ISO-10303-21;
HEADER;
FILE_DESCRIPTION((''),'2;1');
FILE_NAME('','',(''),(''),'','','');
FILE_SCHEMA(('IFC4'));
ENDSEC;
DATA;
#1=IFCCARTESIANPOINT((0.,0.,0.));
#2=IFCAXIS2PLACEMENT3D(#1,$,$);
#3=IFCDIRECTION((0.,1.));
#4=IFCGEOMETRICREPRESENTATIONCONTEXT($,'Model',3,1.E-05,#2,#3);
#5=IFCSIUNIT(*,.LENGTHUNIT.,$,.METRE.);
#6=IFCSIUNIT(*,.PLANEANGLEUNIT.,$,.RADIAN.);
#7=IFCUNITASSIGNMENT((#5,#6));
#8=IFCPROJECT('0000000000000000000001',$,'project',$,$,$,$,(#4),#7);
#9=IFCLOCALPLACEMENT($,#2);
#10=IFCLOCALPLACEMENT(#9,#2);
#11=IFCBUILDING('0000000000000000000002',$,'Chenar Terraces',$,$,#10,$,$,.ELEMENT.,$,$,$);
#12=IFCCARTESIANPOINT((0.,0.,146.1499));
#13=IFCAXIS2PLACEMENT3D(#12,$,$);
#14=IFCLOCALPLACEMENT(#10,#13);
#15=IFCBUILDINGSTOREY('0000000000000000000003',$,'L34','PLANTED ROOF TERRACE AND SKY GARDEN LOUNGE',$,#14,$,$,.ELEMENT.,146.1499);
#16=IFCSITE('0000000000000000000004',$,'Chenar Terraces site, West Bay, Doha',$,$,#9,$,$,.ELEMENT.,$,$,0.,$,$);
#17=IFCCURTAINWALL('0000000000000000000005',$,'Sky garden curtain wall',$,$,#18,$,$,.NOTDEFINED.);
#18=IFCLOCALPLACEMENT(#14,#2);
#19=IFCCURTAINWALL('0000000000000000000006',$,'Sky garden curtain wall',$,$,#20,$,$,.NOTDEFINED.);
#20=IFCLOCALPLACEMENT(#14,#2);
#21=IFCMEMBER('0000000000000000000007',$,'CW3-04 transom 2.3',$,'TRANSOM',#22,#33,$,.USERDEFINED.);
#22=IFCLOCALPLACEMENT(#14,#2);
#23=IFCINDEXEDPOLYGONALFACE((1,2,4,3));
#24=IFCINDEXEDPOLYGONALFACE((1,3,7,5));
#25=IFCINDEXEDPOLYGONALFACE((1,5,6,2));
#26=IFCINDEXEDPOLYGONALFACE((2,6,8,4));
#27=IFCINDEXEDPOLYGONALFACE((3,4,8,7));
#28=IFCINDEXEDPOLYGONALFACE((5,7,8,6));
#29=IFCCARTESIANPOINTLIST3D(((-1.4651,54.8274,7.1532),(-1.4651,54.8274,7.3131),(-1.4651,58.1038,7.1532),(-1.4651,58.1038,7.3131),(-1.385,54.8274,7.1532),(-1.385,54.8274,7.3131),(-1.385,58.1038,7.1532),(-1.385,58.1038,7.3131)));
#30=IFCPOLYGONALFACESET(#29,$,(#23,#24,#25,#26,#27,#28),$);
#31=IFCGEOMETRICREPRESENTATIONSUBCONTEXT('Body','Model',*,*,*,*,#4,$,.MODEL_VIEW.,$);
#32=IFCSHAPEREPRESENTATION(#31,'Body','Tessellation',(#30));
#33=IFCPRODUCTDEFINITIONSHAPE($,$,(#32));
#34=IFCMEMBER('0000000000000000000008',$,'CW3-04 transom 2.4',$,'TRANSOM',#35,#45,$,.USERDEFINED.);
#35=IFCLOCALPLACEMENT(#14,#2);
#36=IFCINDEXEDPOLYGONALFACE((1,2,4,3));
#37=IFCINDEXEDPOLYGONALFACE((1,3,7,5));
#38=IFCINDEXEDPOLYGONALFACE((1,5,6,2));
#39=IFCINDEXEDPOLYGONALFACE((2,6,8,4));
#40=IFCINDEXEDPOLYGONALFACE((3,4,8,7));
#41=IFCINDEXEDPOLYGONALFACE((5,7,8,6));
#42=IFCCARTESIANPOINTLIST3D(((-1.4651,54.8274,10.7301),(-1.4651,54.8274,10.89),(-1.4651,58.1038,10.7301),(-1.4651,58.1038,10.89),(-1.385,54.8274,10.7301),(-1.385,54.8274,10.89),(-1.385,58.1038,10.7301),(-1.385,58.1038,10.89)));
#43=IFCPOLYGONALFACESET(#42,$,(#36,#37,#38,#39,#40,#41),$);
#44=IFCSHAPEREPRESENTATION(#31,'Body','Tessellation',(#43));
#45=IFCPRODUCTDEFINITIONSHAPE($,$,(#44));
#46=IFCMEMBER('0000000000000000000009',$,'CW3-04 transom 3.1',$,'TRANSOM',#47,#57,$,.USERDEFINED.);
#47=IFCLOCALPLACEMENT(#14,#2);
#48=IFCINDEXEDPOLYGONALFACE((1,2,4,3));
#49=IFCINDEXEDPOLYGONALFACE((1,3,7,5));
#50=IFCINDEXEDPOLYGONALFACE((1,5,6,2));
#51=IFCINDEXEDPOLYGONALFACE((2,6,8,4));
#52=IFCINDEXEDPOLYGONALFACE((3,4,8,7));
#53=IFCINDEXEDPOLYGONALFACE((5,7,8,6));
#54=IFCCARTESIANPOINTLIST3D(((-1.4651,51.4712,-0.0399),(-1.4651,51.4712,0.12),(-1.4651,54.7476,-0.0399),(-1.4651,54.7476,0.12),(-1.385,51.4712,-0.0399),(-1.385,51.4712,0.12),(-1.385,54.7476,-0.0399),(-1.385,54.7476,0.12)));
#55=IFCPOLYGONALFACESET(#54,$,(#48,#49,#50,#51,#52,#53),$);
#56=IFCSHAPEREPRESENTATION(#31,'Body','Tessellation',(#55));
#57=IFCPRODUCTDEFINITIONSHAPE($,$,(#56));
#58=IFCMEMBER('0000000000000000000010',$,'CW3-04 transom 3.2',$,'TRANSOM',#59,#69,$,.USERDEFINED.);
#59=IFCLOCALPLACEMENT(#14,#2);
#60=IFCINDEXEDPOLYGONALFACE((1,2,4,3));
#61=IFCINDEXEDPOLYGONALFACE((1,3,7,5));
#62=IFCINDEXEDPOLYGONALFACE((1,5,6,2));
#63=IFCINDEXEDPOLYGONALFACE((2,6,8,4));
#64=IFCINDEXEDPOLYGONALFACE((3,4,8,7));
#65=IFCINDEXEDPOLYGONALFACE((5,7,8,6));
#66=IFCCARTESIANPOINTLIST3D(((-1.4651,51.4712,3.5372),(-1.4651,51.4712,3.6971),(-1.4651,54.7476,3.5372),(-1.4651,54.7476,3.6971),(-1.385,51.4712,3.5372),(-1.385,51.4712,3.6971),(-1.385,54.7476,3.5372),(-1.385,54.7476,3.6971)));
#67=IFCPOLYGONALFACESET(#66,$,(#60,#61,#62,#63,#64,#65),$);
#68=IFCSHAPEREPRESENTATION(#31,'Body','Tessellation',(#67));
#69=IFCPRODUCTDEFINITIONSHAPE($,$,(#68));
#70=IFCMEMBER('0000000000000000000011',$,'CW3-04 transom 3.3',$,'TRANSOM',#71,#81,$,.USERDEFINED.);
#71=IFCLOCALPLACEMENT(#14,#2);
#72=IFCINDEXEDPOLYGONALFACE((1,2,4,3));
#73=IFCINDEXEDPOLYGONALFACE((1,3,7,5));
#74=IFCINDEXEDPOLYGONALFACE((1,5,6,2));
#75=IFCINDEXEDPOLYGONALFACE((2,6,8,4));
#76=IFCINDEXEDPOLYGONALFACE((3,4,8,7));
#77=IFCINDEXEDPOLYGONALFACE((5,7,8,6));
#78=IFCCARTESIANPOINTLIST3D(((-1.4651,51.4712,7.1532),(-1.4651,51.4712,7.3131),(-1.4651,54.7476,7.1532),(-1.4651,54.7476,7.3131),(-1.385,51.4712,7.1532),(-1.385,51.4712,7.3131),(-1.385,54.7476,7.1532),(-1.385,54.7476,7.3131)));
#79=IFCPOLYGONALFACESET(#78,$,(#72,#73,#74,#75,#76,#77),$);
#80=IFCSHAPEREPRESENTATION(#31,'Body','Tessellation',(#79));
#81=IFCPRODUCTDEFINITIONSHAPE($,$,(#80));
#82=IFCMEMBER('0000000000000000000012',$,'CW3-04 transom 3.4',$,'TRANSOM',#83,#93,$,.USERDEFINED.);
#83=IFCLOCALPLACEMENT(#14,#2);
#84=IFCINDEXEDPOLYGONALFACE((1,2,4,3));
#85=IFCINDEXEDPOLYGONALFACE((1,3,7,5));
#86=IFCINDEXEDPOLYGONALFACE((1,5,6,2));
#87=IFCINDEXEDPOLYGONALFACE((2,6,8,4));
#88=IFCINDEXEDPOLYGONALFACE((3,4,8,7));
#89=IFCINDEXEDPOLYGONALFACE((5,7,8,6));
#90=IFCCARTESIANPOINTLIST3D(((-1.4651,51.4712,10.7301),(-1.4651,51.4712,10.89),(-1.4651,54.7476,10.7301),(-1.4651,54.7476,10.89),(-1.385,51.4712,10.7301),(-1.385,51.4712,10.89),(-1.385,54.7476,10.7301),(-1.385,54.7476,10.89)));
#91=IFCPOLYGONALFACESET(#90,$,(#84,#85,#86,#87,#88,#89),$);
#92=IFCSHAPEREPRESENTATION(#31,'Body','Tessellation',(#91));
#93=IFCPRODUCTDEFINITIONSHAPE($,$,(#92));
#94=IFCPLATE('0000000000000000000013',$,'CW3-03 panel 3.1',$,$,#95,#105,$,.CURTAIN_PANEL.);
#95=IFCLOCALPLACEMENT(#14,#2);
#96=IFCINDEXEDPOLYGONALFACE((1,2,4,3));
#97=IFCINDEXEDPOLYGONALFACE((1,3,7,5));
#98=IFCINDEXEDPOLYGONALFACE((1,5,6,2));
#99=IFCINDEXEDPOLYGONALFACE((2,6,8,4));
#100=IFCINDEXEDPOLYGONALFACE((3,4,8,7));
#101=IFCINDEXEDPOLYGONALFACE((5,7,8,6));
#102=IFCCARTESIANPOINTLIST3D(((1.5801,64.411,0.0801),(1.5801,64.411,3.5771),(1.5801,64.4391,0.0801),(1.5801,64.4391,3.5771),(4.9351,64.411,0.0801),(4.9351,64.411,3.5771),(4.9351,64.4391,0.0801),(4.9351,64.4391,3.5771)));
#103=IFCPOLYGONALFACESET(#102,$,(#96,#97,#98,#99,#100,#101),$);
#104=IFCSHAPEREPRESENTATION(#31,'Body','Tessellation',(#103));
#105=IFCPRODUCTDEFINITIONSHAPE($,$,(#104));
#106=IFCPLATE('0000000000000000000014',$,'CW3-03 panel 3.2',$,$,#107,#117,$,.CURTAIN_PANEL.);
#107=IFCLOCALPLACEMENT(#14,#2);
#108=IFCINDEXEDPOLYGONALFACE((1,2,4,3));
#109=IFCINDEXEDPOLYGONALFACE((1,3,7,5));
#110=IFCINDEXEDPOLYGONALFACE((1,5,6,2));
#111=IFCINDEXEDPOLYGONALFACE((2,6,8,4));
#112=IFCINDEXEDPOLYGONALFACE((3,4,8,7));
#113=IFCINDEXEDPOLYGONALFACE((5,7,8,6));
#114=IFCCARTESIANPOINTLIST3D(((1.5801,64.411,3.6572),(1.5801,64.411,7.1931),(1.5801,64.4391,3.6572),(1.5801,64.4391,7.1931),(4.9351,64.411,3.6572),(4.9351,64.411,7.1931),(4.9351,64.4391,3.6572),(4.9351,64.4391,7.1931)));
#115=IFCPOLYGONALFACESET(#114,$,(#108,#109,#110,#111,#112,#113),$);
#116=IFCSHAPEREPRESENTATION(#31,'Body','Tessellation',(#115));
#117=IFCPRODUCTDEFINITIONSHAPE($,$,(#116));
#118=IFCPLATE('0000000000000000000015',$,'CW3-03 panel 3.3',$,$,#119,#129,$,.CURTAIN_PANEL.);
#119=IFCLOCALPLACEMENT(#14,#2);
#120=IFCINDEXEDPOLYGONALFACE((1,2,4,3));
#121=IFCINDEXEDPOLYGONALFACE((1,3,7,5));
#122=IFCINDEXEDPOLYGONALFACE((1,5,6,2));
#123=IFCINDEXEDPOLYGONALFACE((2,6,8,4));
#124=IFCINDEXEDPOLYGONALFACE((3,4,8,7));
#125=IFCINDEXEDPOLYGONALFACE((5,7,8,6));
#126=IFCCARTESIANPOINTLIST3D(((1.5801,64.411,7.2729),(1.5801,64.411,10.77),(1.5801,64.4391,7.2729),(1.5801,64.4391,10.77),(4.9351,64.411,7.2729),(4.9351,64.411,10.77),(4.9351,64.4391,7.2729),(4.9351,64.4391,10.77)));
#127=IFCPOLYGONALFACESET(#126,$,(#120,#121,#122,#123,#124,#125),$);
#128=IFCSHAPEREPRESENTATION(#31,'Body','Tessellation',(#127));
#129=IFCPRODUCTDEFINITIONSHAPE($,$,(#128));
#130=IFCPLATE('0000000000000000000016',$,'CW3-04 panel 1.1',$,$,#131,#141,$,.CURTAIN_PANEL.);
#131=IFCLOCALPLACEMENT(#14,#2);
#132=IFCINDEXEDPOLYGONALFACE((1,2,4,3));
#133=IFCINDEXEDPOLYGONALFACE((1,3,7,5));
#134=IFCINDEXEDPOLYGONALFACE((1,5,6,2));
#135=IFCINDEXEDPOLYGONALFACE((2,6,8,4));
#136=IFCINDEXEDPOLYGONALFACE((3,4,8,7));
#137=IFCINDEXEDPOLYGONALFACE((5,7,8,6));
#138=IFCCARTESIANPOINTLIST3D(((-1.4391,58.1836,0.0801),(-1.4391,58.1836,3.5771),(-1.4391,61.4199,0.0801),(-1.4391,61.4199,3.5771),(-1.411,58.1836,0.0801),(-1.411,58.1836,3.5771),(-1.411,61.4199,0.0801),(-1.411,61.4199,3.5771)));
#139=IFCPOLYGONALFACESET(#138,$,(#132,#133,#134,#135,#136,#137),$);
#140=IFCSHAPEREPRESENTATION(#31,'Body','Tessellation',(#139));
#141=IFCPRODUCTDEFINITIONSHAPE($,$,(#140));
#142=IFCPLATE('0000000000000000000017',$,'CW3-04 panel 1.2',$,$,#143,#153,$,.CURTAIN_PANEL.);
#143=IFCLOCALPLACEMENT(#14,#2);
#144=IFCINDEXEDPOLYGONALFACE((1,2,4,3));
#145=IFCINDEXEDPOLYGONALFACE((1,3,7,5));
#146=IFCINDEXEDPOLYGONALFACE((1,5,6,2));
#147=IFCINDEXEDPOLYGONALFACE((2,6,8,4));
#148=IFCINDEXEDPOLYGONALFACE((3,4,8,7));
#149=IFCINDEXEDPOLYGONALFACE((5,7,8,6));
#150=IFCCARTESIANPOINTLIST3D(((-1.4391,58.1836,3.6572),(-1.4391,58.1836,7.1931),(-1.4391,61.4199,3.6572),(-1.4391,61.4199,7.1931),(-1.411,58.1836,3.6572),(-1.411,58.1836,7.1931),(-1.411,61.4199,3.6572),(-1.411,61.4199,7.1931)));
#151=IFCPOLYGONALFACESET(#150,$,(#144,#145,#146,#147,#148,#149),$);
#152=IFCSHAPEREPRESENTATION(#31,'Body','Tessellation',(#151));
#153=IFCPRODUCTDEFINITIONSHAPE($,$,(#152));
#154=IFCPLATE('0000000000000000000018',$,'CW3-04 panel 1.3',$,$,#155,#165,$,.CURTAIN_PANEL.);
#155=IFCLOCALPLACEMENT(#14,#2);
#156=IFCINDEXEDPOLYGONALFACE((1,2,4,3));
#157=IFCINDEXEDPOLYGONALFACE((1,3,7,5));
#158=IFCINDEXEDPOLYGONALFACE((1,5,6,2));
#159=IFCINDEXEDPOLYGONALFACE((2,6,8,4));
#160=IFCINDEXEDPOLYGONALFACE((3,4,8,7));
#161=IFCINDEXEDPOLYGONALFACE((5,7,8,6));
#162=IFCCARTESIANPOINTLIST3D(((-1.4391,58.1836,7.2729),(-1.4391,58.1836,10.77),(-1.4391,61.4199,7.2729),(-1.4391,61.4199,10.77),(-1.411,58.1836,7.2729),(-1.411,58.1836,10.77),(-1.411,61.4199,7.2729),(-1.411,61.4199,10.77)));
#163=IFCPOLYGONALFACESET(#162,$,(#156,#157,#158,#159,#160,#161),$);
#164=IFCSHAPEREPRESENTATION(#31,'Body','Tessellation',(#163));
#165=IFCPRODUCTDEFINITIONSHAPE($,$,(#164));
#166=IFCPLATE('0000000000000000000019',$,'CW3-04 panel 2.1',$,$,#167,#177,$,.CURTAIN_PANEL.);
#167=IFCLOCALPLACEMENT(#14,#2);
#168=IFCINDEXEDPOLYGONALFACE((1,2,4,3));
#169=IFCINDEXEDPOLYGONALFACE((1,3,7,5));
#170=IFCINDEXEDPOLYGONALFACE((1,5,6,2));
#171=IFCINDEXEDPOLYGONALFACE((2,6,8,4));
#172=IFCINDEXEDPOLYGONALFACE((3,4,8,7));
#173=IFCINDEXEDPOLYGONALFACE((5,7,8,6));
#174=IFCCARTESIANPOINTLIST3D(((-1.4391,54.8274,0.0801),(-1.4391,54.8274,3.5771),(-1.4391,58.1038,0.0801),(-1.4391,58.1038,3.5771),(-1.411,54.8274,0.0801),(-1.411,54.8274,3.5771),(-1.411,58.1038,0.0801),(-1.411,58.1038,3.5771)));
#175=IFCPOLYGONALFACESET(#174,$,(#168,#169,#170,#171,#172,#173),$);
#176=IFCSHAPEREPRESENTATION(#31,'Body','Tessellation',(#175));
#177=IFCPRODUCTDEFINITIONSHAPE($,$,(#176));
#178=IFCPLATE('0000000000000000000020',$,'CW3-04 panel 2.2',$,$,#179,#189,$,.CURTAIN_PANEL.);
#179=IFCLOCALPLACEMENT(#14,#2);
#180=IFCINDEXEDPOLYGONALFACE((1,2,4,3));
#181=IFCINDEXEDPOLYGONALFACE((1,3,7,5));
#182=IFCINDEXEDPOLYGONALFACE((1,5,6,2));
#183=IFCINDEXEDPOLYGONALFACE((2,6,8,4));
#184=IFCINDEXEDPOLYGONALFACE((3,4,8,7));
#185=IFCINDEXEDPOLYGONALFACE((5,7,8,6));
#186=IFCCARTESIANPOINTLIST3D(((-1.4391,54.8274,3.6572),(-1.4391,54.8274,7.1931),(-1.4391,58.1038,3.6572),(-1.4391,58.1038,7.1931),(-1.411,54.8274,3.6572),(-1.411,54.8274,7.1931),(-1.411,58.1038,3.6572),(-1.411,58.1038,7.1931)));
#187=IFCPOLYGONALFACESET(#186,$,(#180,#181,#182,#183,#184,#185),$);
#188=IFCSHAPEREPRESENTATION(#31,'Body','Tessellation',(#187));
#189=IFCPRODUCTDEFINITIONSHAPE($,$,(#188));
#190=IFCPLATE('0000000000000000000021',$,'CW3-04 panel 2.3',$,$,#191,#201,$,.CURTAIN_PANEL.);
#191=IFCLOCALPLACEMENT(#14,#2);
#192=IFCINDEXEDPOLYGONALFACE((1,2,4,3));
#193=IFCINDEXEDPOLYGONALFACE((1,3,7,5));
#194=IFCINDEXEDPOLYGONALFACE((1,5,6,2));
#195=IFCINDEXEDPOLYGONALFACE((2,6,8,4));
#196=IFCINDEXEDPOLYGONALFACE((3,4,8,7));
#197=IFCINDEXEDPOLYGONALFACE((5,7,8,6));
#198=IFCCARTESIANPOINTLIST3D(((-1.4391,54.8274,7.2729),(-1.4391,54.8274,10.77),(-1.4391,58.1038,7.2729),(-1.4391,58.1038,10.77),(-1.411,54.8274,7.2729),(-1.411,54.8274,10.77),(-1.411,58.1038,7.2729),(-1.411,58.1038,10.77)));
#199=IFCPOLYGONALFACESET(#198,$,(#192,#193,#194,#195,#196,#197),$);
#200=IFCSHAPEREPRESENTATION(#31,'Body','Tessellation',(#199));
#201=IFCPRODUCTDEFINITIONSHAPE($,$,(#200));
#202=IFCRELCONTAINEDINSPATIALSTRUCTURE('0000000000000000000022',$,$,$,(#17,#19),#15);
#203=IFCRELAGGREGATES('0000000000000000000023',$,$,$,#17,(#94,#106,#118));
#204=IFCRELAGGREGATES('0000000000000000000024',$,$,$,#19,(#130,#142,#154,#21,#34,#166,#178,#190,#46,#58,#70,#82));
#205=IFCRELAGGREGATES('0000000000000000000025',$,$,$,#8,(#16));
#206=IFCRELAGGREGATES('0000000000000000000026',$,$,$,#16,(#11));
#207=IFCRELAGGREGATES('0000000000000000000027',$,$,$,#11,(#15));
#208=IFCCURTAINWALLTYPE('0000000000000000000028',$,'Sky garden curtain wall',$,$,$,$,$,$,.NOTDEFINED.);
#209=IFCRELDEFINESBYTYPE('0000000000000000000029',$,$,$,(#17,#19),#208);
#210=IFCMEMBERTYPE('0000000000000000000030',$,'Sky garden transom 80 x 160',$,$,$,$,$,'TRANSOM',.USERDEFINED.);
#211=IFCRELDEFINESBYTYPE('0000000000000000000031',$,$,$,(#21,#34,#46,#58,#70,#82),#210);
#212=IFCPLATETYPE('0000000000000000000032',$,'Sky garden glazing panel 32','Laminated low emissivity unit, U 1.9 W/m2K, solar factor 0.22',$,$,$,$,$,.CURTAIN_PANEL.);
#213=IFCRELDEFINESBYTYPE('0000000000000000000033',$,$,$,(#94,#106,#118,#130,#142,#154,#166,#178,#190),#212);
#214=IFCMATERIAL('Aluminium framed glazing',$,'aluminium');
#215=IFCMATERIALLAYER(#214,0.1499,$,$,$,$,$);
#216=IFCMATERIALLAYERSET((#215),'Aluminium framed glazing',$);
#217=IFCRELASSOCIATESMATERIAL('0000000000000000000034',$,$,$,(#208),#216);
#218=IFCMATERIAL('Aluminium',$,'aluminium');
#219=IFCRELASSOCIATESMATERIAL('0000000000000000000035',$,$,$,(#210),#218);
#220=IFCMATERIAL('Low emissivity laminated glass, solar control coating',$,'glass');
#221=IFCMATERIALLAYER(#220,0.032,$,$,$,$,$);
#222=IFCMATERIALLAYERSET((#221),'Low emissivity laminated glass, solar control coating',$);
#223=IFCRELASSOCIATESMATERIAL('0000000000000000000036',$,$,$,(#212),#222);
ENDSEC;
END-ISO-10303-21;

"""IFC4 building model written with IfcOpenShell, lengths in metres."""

from ifc_helpers import new_model, si_unit, direction, frame, origin, origin_2d, place, context, subcontext, project, spatial, rectangle, extrude, material, layer, layer_set, material_profile, profile_set, type_object, element, aggregate, save


model = new_model("IFC4")

# Units and contexts
model_context = context("Model", 3, precision=1e-05, world=origin(), true_north=direction((0.0, 1.0)))
body_context = subcontext(model_context, "Body", "Model", "MODEL_VIEW")
ifc_project = project(units=[si_unit("LENGTHUNIT", "METRE"), si_unit("PLANEANGLEUNIT", "RADIAN")], contexts=[model_context])

# Site, building, storey
site_placement = place(None, origin())
site = spatial("IfcSite", under=ifc_project, at=site_placement, Name="Chenar Terraces site, West Bay, Doha", CompositionType="ELEMENT", RefElevation=0.0)
building_placement = place(site_placement, origin())
building = spatial("IfcBuilding", under=site, at=building_placement, Name="Chenar Terraces", CompositionType="ELEMENT")
storey_placement = place(building_placement, frame((0.0, 0.0, 146.1499)))
storey = spatial("IfcBuildingStorey", under=building, at=storey_placement, Name="L34", Description="PLANTED ROOF TERRACE AND SKY GARDEN LOUNGE", CompositionType="ELEMENT", Elevation=146.1499)

# Curtain wall
ifc_material_1 = material(Name="Aluminium framed glazing", Category="aluminium")
ifc_layer_1 = layer(ifc_material_1, 0.1499)
ifc_layer_set_1 = layer_set([ifc_layer_1], Name="Aluminium framed glazing")
curtain_wall_type = type_object("IfcCurtainWallType", Name="Sky garden curtain wall", PredefinedType="NOTDEFINED", material=ifc_layer_set_1)
placement_1 = place(storey_placement, origin())
curtain_wall_1 = element("IfcCurtainWall", 1, at=placement_1, inside=storey, type_object=curtain_wall_type, Name="Sky garden curtain wall", PredefinedType="NOTDEFINED")

# Curtain wall
curtain_wall_2 = element("IfcCurtainWall", 2, at=placement_1, inside=storey, type_object=curtain_wall_type, Name="Sky garden curtain wall", PredefinedType="NOTDEFINED")

# Members
ifc_material_2 = material(Name="Aluminium", Category="aluminium")
ifc_material_profile_1 = material_profile(ifc_material_2, rectangle(XDim=0.0801, YDim=0.1599, at=origin_2d()), Name="Sky garden transom 80 x 160")
ifc_profile_set_1 = profile_set([ifc_material_profile_1], Name="Aluminium")
member_type_1 = type_object("IfcMemberType", Name="Sky garden transom 80 x 160", ElementType="TRANSOM", PredefinedType="USERDEFINED", material=ifc_profile_set_1)
member_1_placement = place(storey_placement, frame((-1.425, 58.1038, 7.2332), z_axis=(0.0, -1.0, 0.0), x_axis=(1.0, 0.0, 0.0)))
member_1 = element("IfcMember", 3, at=member_1_placement, type_object=member_type_1, Name="CW3-04 transom 2.3", ObjectType="TRANSOM", PredefinedType="USERDEFINED", context=body_context, shape_type="SweptSolid", body=[
    extrude(rectangle(XDim=0.0801, YDim=0.1599, at=origin_2d()), origin(), (0.0, 0.0, 1.0), 3.2764),
])
member_2_placement = place(storey_placement, frame((-1.425, 58.1038, 10.8101), z_axis=(0.0, -1.0, 0.0), x_axis=(1.0, 0.0, 0.0)))
member_2 = element("IfcMember", 4, at=member_2_placement, type_object=member_type_1, Name="CW3-04 transom 2.4", ObjectType="TRANSOM", PredefinedType="USERDEFINED", context=body_context, shape_type="SweptSolid", body=[
    extrude(rectangle(XDim=0.0801, YDim=0.1599, at=origin_2d()), origin(), (0.0, 0.0, 1.0), 3.2764),
])
member_3_placement = place(storey_placement, frame((-1.425, 54.7476, 0.04), z_axis=(0.0, -1.0, 0.0), x_axis=(1.0, 0.0, 0.0)))
member_3 = element("IfcMember", 5, at=member_3_placement, type_object=member_type_1, Name="CW3-04 transom 3.1", ObjectType="TRANSOM", PredefinedType="USERDEFINED", context=body_context, shape_type="SweptSolid", body=[
    extrude(rectangle(XDim=0.0801, YDim=0.1599, at=origin_2d()), origin(), (0.0, 0.0, 1.0), 3.2764),
])
member_4_placement = place(storey_placement, frame((-1.425, 54.7476, 3.6172), z_axis=(0.0, -1.0, 0.0), x_axis=(1.0, 0.0, 0.0)))
member_4 = element("IfcMember", 6, at=member_4_placement, type_object=member_type_1, Name="CW3-04 transom 3.2", ObjectType="TRANSOM", PredefinedType="USERDEFINED", context=body_context, shape_type="SweptSolid", body=[
    extrude(rectangle(XDim=0.0801, YDim=0.1599, at=origin_2d()), origin(), (0.0, 0.0, 1.0), 3.2764),
])
member_5_placement = place(storey_placement, frame((-1.425, 54.7476, 7.2332), z_axis=(0.0, -1.0, 0.0), x_axis=(1.0, 0.0, 0.0)))
member_5 = element("IfcMember", 7, at=member_5_placement, type_object=member_type_1, Name="CW3-04 transom 3.3", ObjectType="TRANSOM", PredefinedType="USERDEFINED", context=body_context, shape_type="SweptSolid", body=[
    extrude(rectangle(XDim=0.0801, YDim=0.1599, at=origin_2d()), origin(), (0.0, 0.0, 1.0), 3.2764),
])
member_6_placement = place(storey_placement, frame((-1.425, 54.7476, 10.8101), z_axis=(0.0, -1.0, 0.0), x_axis=(1.0, 0.0, 0.0)))
member_6 = element("IfcMember", 8, at=member_6_placement, type_object=member_type_1, Name="CW3-04 transom 3.4", ObjectType="TRANSOM", PredefinedType="USERDEFINED", context=body_context, shape_type="SweptSolid", body=[
    extrude(rectangle(XDim=0.0801, YDim=0.1599, at=origin_2d()), origin(), (0.0, 0.0, 1.0), 3.2764),
])

# Plates
ifc_material_3 = material(Name="Low emissivity laminated glass, solar control coating", Category="glass")
ifc_layer_2 = layer(ifc_material_3, 0.032)
ifc_layer_set_2 = layer_set([ifc_layer_2], Name="Low emissivity laminated glass, solar control coating")
plate_type = type_object("IfcPlateType", Name="Sky garden glazing panel 32", Description="Laminated low emissivity unit, U 1.9 W/m2K, solar factor 0.22", PredefinedType="CURTAIN_PANEL", material=ifc_layer_set_2)
plate_1_placement = place(storey_placement, frame((3.2576, 64.425, 0.0801), z_axis=(0.0, 0.0, 1.0), x_axis=(-1.0, 0.0, 0.0)))
plate_1 = element("IfcPlate", 9, at=plate_1_placement, type_object=plate_type, Name="CW3-03 panel 3.1", PredefinedType="CURTAIN_PANEL", context=body_context, shape_type="SweptSolid", body=[
    extrude(rectangle(XDim=3.355, YDim=0.0281, at=origin_2d()), origin(), (0.0, 0.0, 1.0), 3.4971),
])
plate_2_placement = place(storey_placement, frame((3.2576, 64.425, 3.6572), z_axis=(0.0, 0.0, 1.0), x_axis=(-1.0, 0.0, 0.0)))
plate_2 = element("IfcPlate", 10, at=plate_2_placement, type_object=plate_type, Name="CW3-03 panel 3.2", PredefinedType="CURTAIN_PANEL", context=body_context, shape_type="SweptSolid", body=[
    extrude(rectangle(XDim=3.355, YDim=0.0281, at=origin_2d()), origin(), (0.0, 0.0, 1.0), 3.5359),
])
plate_3_placement = place(storey_placement, frame((3.2576, 64.425, 7.2729), z_axis=(0.0, 0.0, 1.0), x_axis=(-1.0, 0.0, 0.0)))
plate_3 = element("IfcPlate", 11, at=plate_3_placement, type_object=plate_type, Name="CW3-03 panel 3.3", PredefinedType="CURTAIN_PANEL", context=body_context, shape_type="SweptSolid", body=[
    extrude(rectangle(XDim=3.355, YDim=0.0281, at=origin_2d()), origin(), (0.0, 0.0, 1.0), 3.4971),
])
aggregate(curtain_wall_1, [plate_1, plate_2, plate_3])
plate_4_placement = place(storey_placement, frame((-1.425, 59.8018, 0.0801), z_axis=(0.0, 0.0, 1.0), x_axis=(0.0, -1.0, 0.0)))
plate_4 = element("IfcPlate", 12, at=plate_4_placement, type_object=plate_type, Name="CW3-04 panel 1.1", PredefinedType="CURTAIN_PANEL", context=body_context, shape_type="SweptSolid", body=[
    extrude(rectangle(XDim=3.2363, YDim=0.0281, at=origin_2d()), origin(), (0.0, 0.0, 1.0), 3.4971),
])
plate_5_placement = place(storey_placement, frame((-1.425, 59.8018, 3.6572), z_axis=(0.0, 0.0, 1.0), x_axis=(0.0, -1.0, 0.0)))
plate_5 = element("IfcPlate", 13, at=plate_5_placement, type_object=plate_type, Name="CW3-04 panel 1.2", PredefinedType="CURTAIN_PANEL", context=body_context, shape_type="SweptSolid", body=[
    extrude(rectangle(XDim=3.2363, YDim=0.0281, at=origin_2d()), origin(), (0.0, 0.0, 1.0), 3.5359),
])
plate_6_placement = place(storey_placement, frame((-1.425, 59.8018, 7.2729), z_axis=(0.0, 0.0, 1.0), x_axis=(0.0, -1.0, 0.0)))
plate_6 = element("IfcPlate", 14, at=plate_6_placement, type_object=plate_type, Name="CW3-04 panel 1.3", PredefinedType="CURTAIN_PANEL", context=body_context, shape_type="SweptSolid", body=[
    extrude(rectangle(XDim=3.2363, YDim=0.0281, at=origin_2d()), origin(), (0.0, 0.0, 1.0), 3.4971),
])
plate_7_placement = place(storey_placement, frame((-1.425, 56.4656, 0.0801), z_axis=(0.0, 0.0, 1.0), x_axis=(0.0, -1.0, 0.0)))
plate_7 = element("IfcPlate", 15, at=plate_7_placement, type_object=plate_type, Name="CW3-04 panel 2.1", PredefinedType="CURTAIN_PANEL", context=body_context, shape_type="SweptSolid", body=[
    extrude(rectangle(XDim=3.2764, YDim=0.0281, at=origin_2d()), origin(), (0.0, 0.0, 1.0), 3.4971),
])
plate_8_placement = place(storey_placement, frame((-1.425, 56.4656, 3.6572), z_axis=(0.0, 0.0, 1.0), x_axis=(0.0, -1.0, 0.0)))
plate_8 = element("IfcPlate", 16, at=plate_8_placement, type_object=plate_type, Name="CW3-04 panel 2.2", PredefinedType="CURTAIN_PANEL", context=body_context, shape_type="SweptSolid", body=[
    extrude(rectangle(XDim=3.2764, YDim=0.0281, at=origin_2d()), origin(), (0.0, 0.0, 1.0), 3.5359),
])
plate_9_placement = place(storey_placement, frame((-1.425, 56.4656, 7.2729), z_axis=(0.0, 0.0, 1.0), x_axis=(0.0, -1.0, 0.0)))
plate_9 = element("IfcPlate", 17, at=plate_9_placement, type_object=plate_type, Name="CW3-04 panel 2.3", PredefinedType="CURTAIN_PANEL", context=body_context, shape_type="SweptSolid", body=[
    extrude(rectangle(XDim=3.2764, YDim=0.0281, at=origin_2d()), origin(), (0.0, 0.0, 1.0), 3.4971),
])
aggregate(curtain_wall_2, [plate_4, plate_5, plate_6, member_1, member_2, plate_7, plate_8, plate_9, member_3, member_4, member_5, member_6])

save(model, "model.ifc")
